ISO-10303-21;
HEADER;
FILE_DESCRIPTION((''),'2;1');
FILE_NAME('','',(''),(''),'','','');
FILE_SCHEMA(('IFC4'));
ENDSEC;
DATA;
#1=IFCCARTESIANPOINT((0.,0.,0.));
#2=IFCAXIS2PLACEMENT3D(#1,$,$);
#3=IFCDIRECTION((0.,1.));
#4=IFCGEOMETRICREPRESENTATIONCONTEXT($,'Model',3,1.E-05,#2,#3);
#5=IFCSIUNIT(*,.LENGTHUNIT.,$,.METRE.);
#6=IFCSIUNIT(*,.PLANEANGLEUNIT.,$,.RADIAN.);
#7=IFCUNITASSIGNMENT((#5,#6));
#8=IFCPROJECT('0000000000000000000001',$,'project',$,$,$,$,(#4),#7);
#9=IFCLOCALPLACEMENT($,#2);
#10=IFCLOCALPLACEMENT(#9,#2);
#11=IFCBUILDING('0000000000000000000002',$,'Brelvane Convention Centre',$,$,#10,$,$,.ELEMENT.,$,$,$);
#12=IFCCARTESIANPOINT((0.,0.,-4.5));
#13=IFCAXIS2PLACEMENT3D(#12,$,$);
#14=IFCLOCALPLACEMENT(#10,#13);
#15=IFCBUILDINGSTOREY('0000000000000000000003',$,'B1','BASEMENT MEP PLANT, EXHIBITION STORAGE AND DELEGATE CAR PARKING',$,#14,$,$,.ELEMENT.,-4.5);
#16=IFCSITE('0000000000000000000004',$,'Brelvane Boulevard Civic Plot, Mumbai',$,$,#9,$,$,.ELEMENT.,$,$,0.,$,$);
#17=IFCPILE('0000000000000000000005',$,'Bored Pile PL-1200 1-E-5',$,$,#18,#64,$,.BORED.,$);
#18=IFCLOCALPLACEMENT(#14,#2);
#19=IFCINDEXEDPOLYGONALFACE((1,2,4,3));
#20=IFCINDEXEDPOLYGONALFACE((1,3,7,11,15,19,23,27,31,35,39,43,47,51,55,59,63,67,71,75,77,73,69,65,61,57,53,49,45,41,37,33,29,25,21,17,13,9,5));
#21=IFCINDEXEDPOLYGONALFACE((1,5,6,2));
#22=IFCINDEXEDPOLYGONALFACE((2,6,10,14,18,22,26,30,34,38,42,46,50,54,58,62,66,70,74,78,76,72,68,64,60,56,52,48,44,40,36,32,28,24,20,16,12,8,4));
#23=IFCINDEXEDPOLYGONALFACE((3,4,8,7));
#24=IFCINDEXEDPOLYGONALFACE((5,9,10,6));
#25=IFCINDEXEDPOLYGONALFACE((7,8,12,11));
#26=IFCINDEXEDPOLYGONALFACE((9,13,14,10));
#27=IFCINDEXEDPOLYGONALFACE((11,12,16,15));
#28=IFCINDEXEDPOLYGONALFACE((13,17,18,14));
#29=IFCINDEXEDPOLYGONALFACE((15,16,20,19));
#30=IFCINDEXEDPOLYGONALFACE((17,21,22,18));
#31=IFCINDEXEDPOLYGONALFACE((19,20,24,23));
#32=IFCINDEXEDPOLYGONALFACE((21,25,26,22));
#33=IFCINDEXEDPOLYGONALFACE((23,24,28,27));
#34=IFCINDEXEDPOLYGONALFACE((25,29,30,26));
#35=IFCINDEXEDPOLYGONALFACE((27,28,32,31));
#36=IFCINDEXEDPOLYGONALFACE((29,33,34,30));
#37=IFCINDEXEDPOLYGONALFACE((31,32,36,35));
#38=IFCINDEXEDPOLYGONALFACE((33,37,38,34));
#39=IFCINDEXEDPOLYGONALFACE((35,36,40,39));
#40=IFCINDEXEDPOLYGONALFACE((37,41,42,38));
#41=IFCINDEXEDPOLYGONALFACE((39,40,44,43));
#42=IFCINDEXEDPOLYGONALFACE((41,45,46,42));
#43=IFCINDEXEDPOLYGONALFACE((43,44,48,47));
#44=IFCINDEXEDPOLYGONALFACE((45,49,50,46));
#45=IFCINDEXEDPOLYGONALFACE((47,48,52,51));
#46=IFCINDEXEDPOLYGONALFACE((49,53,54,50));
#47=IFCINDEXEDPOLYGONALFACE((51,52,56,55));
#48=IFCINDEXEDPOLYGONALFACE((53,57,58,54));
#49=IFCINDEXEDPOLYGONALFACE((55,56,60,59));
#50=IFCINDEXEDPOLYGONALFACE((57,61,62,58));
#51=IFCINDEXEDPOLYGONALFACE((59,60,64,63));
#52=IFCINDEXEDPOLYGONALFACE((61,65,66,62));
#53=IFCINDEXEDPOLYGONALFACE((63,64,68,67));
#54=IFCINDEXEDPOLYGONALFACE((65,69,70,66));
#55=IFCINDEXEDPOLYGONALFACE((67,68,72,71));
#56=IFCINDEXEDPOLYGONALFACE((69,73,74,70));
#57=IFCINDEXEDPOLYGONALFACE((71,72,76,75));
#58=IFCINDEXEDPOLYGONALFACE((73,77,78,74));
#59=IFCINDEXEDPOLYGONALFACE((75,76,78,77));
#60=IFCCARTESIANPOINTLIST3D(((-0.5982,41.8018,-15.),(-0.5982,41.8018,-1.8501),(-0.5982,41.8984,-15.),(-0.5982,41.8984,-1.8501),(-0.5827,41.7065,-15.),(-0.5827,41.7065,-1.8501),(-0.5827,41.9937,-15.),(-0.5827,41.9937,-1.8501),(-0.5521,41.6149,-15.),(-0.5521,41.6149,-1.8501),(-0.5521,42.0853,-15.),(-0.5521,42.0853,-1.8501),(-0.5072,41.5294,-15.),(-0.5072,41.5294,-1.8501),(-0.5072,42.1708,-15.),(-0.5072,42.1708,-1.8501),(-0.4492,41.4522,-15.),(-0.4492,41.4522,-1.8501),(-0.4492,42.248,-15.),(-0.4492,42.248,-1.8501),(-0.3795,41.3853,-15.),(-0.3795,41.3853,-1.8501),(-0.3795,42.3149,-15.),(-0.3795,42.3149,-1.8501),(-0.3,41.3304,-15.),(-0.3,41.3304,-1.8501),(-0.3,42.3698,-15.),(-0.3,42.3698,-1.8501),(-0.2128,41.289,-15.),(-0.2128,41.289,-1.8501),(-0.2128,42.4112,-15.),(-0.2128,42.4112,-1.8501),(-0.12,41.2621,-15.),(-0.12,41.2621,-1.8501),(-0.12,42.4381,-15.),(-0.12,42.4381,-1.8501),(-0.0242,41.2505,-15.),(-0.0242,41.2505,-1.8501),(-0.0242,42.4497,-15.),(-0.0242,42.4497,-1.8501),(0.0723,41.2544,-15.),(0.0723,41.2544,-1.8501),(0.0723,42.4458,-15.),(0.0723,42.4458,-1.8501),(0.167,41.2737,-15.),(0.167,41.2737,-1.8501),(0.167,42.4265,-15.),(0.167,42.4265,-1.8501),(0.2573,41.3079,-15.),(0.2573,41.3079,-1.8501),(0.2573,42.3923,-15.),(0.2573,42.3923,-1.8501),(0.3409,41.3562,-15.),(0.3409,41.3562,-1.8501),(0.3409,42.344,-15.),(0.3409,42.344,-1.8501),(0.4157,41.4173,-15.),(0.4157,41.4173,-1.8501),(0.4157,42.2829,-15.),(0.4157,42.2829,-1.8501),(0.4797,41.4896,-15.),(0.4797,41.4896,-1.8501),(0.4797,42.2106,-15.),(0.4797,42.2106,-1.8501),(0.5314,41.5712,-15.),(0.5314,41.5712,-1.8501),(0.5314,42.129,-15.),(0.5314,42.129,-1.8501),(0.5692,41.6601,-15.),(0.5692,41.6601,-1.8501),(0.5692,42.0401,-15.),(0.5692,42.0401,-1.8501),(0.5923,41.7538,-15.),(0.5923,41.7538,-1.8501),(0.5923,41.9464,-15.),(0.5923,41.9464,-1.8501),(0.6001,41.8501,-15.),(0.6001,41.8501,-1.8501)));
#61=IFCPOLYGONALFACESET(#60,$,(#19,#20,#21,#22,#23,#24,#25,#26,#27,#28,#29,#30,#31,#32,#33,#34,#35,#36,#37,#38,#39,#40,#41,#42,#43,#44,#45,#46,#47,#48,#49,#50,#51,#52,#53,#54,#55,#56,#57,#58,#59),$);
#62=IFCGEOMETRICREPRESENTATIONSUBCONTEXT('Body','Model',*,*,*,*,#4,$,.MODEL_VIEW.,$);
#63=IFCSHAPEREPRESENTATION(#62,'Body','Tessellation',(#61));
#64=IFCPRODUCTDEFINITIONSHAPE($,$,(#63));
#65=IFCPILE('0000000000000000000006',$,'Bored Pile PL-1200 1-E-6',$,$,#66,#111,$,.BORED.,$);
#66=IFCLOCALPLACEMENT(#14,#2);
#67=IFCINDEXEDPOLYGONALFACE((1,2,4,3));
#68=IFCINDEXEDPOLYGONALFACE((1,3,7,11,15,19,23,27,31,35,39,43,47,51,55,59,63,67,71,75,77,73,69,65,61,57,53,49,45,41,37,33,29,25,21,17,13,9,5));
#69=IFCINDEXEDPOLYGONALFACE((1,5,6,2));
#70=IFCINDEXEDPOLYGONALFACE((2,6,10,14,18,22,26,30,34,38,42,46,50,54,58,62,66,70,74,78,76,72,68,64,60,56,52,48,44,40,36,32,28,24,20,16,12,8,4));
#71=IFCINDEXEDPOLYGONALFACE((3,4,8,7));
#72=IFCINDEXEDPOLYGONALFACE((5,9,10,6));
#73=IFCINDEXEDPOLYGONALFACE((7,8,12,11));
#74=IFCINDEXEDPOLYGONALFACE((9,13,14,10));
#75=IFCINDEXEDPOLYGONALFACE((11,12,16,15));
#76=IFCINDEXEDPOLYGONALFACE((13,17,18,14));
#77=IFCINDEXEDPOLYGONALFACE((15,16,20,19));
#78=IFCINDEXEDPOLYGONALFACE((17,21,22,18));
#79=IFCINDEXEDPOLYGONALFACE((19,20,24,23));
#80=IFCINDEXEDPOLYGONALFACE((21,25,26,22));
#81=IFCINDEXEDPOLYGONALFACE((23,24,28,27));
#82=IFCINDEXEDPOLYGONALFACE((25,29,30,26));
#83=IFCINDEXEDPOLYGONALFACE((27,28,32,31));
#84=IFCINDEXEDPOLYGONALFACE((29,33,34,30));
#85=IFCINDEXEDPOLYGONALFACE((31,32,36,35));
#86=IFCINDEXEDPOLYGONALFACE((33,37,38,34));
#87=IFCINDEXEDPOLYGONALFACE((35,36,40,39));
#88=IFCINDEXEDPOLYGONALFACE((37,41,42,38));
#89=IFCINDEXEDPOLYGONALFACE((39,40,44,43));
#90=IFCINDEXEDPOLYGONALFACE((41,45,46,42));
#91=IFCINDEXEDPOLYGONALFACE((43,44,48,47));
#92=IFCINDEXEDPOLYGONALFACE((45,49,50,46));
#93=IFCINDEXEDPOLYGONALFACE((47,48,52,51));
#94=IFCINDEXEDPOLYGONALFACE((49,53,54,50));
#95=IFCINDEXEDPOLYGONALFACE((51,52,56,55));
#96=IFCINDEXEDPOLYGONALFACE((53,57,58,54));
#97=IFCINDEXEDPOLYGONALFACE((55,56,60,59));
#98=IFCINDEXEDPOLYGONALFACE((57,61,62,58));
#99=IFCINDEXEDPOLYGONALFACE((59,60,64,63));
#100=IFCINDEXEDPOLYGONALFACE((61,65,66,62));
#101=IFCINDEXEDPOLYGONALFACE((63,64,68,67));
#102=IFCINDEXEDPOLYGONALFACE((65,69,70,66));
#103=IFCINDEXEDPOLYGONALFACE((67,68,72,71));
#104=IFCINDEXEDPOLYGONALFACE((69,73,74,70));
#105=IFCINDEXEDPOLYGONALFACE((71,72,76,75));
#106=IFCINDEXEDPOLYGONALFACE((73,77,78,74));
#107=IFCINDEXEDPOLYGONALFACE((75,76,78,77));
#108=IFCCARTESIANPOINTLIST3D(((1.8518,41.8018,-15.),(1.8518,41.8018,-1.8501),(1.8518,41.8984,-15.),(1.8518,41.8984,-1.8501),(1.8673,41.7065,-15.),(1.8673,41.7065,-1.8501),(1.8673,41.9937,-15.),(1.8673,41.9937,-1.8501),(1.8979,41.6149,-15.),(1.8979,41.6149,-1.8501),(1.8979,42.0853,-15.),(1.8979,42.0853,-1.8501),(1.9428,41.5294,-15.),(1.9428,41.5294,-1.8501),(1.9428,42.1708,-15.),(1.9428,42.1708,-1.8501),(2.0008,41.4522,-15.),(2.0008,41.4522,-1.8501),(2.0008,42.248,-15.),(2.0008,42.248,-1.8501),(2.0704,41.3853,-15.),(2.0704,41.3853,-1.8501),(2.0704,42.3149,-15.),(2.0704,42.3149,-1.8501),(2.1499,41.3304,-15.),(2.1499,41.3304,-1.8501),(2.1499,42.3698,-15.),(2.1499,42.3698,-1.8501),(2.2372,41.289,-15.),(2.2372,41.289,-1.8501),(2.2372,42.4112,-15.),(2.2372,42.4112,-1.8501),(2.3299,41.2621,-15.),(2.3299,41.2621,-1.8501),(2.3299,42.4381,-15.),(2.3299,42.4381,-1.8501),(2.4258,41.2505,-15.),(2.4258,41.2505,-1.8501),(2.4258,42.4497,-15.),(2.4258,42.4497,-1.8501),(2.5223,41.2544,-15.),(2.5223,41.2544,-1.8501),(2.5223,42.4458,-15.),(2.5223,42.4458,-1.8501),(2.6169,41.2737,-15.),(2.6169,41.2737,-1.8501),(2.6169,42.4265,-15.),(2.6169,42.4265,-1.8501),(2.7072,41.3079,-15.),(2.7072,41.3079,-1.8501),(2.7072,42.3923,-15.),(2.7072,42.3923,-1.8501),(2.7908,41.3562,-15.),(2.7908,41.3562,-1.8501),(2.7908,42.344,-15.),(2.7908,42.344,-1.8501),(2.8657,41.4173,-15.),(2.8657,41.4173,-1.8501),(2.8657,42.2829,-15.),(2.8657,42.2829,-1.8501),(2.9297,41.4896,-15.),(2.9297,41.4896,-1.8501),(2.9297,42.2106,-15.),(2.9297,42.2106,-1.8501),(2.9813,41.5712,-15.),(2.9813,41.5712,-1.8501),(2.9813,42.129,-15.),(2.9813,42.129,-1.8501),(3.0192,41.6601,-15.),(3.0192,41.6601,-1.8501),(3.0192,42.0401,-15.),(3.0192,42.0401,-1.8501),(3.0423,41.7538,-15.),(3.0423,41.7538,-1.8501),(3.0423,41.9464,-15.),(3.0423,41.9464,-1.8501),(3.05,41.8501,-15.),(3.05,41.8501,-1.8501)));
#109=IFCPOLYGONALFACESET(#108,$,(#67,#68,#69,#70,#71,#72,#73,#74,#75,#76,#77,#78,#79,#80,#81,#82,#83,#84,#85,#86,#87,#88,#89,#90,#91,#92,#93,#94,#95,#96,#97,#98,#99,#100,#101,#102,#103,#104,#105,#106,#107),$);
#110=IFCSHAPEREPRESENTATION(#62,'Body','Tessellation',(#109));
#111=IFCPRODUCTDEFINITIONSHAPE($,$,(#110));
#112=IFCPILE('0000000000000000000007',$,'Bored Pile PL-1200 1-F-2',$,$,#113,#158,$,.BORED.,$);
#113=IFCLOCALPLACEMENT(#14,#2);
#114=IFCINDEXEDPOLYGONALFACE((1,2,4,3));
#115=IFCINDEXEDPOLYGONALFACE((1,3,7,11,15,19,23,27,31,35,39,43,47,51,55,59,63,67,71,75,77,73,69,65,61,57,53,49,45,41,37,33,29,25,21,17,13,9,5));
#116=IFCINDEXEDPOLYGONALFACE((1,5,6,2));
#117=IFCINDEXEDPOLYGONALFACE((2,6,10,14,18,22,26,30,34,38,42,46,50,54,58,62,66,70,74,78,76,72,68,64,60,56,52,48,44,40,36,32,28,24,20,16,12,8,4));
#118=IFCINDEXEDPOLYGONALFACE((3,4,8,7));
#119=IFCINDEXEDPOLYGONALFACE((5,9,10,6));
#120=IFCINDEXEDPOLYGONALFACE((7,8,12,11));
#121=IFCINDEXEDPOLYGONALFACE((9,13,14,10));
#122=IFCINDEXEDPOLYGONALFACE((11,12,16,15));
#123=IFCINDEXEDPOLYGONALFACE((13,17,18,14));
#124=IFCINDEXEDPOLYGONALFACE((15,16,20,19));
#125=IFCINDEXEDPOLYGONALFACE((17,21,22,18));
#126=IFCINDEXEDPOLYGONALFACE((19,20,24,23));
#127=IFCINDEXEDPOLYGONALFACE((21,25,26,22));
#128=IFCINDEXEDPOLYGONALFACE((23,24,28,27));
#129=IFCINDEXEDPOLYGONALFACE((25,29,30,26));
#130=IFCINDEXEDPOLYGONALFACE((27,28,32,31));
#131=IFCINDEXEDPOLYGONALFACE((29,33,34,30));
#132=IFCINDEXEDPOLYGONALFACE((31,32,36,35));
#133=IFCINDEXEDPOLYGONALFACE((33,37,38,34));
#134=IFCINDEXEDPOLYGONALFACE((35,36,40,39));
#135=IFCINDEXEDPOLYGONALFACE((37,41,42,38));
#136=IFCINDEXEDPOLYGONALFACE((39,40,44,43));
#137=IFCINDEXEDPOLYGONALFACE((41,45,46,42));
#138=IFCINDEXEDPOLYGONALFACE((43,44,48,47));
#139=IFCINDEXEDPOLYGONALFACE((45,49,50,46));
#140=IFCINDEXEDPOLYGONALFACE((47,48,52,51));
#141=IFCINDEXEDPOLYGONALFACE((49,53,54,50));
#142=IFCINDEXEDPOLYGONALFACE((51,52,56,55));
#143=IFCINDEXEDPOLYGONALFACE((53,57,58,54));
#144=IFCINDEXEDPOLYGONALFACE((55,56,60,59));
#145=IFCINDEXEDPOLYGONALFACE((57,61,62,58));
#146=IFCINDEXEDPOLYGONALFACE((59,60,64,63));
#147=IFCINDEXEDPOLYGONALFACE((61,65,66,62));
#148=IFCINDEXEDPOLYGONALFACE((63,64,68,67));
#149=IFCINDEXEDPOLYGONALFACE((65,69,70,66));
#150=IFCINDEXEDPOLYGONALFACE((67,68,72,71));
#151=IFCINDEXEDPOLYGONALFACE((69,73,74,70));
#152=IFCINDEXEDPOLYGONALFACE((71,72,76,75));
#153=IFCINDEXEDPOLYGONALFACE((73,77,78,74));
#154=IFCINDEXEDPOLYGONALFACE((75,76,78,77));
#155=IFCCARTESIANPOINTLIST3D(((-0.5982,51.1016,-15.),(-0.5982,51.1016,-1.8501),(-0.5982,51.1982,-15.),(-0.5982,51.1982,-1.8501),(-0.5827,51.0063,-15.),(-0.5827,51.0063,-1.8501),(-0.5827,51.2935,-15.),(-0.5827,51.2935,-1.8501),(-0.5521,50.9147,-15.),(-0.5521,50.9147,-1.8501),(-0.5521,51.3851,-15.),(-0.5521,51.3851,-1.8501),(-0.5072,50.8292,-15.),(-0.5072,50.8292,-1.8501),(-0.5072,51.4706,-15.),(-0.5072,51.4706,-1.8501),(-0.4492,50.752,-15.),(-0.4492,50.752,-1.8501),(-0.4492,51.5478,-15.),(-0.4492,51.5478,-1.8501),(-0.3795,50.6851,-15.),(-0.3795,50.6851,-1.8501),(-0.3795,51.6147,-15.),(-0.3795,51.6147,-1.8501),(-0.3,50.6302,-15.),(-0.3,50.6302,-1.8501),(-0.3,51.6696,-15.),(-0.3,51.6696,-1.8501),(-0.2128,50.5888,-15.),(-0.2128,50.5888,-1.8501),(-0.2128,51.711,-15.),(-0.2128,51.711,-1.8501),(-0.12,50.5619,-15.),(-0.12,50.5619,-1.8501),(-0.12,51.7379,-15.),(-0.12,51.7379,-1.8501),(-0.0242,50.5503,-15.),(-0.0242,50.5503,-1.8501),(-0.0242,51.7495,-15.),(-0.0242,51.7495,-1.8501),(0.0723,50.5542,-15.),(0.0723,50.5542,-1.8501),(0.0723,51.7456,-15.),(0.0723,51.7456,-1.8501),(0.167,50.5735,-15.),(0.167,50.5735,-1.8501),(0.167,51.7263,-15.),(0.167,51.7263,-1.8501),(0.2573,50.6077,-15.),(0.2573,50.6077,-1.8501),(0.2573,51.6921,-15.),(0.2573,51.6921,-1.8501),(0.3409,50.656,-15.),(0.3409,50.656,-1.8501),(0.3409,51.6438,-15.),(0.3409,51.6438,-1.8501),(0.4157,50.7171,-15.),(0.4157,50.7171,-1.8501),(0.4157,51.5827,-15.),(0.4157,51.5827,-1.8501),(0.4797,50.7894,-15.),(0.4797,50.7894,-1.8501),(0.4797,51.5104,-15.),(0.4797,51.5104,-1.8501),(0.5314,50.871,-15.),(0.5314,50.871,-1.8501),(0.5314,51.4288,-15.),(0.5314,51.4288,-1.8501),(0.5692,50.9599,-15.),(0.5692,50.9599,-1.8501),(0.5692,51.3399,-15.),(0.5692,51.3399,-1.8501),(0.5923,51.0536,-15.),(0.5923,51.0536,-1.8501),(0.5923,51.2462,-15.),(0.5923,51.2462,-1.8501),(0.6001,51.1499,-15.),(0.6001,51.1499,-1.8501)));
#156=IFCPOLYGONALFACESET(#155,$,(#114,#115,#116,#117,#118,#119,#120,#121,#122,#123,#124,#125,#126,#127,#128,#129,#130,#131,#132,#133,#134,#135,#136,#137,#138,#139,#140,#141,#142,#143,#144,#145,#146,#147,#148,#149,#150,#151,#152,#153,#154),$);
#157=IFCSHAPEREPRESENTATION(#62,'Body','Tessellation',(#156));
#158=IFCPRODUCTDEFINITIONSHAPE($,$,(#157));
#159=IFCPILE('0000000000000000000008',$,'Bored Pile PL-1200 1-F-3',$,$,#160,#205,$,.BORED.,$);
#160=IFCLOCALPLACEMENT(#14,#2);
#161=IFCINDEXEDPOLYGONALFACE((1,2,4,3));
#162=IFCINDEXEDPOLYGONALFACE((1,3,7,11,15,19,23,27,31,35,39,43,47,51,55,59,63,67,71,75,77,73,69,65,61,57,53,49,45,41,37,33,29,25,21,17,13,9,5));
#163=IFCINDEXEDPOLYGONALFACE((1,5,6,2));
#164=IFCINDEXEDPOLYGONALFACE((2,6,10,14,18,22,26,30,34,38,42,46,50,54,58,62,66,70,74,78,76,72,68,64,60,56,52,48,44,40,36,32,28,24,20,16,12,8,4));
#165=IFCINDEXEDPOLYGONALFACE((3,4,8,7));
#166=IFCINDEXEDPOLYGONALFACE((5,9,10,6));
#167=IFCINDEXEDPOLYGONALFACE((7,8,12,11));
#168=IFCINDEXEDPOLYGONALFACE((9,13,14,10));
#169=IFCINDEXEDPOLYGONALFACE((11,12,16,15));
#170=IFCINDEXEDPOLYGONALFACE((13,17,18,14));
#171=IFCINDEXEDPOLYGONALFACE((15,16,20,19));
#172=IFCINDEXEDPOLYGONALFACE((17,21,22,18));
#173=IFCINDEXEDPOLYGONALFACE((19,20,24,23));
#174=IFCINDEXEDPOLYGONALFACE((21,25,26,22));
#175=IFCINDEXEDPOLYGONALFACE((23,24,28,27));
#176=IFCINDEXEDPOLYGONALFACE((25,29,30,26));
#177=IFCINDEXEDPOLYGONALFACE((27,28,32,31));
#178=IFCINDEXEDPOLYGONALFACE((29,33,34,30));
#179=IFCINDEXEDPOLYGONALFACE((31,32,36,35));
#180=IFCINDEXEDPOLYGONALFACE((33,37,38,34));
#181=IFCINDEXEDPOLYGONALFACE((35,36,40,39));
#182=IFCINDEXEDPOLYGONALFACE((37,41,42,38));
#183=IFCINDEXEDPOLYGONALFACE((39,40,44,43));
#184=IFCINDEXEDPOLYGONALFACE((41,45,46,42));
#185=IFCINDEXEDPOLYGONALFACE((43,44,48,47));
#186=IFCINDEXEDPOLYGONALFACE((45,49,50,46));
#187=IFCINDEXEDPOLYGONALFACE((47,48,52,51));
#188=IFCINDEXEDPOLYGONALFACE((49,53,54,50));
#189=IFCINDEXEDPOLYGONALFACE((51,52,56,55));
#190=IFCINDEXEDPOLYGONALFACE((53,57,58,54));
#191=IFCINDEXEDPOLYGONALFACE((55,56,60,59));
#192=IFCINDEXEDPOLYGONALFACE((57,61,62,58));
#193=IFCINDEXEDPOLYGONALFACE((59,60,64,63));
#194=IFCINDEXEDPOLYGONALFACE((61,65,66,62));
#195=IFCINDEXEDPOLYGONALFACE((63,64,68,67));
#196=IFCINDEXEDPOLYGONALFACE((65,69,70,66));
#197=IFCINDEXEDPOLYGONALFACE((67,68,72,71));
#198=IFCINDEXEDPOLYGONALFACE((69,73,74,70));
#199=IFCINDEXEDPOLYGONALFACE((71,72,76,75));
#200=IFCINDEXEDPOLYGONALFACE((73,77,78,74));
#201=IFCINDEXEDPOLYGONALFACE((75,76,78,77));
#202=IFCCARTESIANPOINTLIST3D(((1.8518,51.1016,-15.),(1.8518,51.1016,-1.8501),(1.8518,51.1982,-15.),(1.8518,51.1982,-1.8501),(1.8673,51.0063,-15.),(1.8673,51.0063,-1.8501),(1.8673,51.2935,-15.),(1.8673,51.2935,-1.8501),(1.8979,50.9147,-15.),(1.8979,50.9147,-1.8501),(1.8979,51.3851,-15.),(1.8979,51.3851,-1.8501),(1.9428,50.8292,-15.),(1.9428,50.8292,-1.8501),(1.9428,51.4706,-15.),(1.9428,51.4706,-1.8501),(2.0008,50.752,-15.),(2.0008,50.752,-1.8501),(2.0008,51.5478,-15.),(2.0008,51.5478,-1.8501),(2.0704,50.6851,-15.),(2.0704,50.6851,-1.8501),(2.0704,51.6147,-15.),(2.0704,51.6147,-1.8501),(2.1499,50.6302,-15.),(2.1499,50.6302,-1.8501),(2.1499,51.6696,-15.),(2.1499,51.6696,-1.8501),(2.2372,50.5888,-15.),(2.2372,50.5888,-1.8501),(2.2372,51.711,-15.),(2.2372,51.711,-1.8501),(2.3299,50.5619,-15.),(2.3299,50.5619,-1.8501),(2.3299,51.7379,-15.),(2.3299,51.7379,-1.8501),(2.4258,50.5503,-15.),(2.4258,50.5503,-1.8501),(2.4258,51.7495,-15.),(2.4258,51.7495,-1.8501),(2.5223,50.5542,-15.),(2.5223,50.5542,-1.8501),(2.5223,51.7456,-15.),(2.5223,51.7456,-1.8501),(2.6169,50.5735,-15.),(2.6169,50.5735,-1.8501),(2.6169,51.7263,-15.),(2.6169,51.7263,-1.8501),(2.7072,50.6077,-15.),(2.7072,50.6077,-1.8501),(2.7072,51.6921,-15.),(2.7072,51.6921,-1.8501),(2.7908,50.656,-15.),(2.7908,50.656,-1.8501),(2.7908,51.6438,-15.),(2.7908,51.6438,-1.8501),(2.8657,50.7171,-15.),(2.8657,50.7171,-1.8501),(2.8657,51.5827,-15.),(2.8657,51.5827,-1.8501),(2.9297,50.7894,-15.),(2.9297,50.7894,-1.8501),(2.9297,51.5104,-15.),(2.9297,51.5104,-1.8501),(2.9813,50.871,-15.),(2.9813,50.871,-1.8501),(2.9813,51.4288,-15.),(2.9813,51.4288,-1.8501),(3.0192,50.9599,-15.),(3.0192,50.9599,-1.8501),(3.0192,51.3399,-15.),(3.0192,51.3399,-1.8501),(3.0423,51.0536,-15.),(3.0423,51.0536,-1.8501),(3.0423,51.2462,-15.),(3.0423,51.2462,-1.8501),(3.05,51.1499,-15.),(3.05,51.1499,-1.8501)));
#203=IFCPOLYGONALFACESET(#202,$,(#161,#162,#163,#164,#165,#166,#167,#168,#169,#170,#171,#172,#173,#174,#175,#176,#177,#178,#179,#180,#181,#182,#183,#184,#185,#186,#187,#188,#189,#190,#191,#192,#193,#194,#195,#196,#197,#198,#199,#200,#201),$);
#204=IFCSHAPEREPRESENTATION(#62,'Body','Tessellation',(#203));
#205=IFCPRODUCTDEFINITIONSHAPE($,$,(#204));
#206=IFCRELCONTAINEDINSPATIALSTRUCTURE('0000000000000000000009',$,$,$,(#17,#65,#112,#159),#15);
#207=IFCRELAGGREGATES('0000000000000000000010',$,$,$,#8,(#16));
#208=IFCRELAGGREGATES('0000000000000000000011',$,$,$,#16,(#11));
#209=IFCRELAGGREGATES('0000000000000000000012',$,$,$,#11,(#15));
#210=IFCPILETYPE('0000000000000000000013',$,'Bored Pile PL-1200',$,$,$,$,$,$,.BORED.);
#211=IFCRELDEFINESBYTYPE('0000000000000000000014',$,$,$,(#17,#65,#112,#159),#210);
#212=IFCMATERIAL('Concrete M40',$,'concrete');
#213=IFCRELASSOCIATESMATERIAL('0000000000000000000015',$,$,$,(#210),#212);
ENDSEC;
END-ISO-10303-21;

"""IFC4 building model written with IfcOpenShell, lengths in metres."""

from ifc_helpers import new_model, si_unit, direction, frame, origin, origin_2d, place, context, subcontext, project, spatial, circle, extrude, material, material_profile, profile_set, type_object, element, save


model = new_model("IFC4")

# Units and contexts
model_context = context("Model", 3, precision=1e-05, world=origin(), true_north=direction((0.0, 1.0)))
body_context = subcontext(model_context, "Body", "Model", "MODEL_VIEW")
ifc_project = project(units=[si_unit("LENGTHUNIT", "METRE"), si_unit("PLANEANGLEUNIT", "RADIAN")], contexts=[model_context])

# Site, building, storey
site_placement = place(None, origin())
site = spatial("IfcSite", under=ifc_project, at=site_placement, Name="Brelvane Boulevard Civic Plot, Mumbai", CompositionType="ELEMENT", RefElevation=0.0)
building_placement = place(site_placement, origin())
building = spatial("IfcBuilding", under=site, at=building_placement, Name="Brelvane Convention Centre", CompositionType="ELEMENT")
storey_placement = place(building_placement, frame((0.0, 0.0, -4.5)))
storey = spatial("IfcBuildingStorey", under=building, at=storey_placement, Name="B1", Description="BASEMENT MEP PLANT, EXHIBITION STORAGE AND DELEGATE CAR PARKING", CompositionType="ELEMENT", Elevation=-4.5)

# Piles
ifc_material_1 = material(Name="Concrete M40", Category="concrete")
ifc_material_profile_1 = material_profile(ifc_material_1, circle(Radius=0.6001, at=origin_2d()), Name="PILE D1200")
ifc_profile_set_1 = profile_set([ifc_material_profile_1], Name="Concrete M40")
pile_type_1 = type_object("IfcPileType", Name="Bored Pile PL-1200", PredefinedType="BORED", material=ifc_profile_set_1)
for number, where, z_axis, x_axis, name in (
    (1, (0.0, 41.8501, -1.8501), (0.0, 0.0, -1.0), (1.0, 0.0, 0.0), "Bored Pile PL-1200 1-E-5"),
    (2, (2.45, 41.8501, -1.8501), (0.0, 0.0, -1.0), (1.0, 0.0, 0.0), "Bored Pile PL-1200 1-E-6"),
    (3, (0.0, 51.1499, -1.8501), (0.0, 0.0, -1.0), (1.0, 0.0, 0.0), "Bored Pile PL-1200 1-F-2"),
    (4, (2.45, 51.1499, -1.8501), (0.0, 0.0, -1.0), (1.0, 0.0, 0.0), "Bored Pile PL-1200 1-F-3"),
):
    element("IfcPile", number, at=place(storey_placement, frame(where, z_axis=z_axis, x_axis=x_axis)), inside=storey, type_object=pile_type_1, Name=name, PredefinedType="BORED", context=body_context, shape_type="SweptSolid", body=[
        extrude(circle(Radius=0.6001, at=origin_2d()), origin(), (0.0, 0.0, 1.0), 13.1499),
    ])

save(model, "model.ifc")
